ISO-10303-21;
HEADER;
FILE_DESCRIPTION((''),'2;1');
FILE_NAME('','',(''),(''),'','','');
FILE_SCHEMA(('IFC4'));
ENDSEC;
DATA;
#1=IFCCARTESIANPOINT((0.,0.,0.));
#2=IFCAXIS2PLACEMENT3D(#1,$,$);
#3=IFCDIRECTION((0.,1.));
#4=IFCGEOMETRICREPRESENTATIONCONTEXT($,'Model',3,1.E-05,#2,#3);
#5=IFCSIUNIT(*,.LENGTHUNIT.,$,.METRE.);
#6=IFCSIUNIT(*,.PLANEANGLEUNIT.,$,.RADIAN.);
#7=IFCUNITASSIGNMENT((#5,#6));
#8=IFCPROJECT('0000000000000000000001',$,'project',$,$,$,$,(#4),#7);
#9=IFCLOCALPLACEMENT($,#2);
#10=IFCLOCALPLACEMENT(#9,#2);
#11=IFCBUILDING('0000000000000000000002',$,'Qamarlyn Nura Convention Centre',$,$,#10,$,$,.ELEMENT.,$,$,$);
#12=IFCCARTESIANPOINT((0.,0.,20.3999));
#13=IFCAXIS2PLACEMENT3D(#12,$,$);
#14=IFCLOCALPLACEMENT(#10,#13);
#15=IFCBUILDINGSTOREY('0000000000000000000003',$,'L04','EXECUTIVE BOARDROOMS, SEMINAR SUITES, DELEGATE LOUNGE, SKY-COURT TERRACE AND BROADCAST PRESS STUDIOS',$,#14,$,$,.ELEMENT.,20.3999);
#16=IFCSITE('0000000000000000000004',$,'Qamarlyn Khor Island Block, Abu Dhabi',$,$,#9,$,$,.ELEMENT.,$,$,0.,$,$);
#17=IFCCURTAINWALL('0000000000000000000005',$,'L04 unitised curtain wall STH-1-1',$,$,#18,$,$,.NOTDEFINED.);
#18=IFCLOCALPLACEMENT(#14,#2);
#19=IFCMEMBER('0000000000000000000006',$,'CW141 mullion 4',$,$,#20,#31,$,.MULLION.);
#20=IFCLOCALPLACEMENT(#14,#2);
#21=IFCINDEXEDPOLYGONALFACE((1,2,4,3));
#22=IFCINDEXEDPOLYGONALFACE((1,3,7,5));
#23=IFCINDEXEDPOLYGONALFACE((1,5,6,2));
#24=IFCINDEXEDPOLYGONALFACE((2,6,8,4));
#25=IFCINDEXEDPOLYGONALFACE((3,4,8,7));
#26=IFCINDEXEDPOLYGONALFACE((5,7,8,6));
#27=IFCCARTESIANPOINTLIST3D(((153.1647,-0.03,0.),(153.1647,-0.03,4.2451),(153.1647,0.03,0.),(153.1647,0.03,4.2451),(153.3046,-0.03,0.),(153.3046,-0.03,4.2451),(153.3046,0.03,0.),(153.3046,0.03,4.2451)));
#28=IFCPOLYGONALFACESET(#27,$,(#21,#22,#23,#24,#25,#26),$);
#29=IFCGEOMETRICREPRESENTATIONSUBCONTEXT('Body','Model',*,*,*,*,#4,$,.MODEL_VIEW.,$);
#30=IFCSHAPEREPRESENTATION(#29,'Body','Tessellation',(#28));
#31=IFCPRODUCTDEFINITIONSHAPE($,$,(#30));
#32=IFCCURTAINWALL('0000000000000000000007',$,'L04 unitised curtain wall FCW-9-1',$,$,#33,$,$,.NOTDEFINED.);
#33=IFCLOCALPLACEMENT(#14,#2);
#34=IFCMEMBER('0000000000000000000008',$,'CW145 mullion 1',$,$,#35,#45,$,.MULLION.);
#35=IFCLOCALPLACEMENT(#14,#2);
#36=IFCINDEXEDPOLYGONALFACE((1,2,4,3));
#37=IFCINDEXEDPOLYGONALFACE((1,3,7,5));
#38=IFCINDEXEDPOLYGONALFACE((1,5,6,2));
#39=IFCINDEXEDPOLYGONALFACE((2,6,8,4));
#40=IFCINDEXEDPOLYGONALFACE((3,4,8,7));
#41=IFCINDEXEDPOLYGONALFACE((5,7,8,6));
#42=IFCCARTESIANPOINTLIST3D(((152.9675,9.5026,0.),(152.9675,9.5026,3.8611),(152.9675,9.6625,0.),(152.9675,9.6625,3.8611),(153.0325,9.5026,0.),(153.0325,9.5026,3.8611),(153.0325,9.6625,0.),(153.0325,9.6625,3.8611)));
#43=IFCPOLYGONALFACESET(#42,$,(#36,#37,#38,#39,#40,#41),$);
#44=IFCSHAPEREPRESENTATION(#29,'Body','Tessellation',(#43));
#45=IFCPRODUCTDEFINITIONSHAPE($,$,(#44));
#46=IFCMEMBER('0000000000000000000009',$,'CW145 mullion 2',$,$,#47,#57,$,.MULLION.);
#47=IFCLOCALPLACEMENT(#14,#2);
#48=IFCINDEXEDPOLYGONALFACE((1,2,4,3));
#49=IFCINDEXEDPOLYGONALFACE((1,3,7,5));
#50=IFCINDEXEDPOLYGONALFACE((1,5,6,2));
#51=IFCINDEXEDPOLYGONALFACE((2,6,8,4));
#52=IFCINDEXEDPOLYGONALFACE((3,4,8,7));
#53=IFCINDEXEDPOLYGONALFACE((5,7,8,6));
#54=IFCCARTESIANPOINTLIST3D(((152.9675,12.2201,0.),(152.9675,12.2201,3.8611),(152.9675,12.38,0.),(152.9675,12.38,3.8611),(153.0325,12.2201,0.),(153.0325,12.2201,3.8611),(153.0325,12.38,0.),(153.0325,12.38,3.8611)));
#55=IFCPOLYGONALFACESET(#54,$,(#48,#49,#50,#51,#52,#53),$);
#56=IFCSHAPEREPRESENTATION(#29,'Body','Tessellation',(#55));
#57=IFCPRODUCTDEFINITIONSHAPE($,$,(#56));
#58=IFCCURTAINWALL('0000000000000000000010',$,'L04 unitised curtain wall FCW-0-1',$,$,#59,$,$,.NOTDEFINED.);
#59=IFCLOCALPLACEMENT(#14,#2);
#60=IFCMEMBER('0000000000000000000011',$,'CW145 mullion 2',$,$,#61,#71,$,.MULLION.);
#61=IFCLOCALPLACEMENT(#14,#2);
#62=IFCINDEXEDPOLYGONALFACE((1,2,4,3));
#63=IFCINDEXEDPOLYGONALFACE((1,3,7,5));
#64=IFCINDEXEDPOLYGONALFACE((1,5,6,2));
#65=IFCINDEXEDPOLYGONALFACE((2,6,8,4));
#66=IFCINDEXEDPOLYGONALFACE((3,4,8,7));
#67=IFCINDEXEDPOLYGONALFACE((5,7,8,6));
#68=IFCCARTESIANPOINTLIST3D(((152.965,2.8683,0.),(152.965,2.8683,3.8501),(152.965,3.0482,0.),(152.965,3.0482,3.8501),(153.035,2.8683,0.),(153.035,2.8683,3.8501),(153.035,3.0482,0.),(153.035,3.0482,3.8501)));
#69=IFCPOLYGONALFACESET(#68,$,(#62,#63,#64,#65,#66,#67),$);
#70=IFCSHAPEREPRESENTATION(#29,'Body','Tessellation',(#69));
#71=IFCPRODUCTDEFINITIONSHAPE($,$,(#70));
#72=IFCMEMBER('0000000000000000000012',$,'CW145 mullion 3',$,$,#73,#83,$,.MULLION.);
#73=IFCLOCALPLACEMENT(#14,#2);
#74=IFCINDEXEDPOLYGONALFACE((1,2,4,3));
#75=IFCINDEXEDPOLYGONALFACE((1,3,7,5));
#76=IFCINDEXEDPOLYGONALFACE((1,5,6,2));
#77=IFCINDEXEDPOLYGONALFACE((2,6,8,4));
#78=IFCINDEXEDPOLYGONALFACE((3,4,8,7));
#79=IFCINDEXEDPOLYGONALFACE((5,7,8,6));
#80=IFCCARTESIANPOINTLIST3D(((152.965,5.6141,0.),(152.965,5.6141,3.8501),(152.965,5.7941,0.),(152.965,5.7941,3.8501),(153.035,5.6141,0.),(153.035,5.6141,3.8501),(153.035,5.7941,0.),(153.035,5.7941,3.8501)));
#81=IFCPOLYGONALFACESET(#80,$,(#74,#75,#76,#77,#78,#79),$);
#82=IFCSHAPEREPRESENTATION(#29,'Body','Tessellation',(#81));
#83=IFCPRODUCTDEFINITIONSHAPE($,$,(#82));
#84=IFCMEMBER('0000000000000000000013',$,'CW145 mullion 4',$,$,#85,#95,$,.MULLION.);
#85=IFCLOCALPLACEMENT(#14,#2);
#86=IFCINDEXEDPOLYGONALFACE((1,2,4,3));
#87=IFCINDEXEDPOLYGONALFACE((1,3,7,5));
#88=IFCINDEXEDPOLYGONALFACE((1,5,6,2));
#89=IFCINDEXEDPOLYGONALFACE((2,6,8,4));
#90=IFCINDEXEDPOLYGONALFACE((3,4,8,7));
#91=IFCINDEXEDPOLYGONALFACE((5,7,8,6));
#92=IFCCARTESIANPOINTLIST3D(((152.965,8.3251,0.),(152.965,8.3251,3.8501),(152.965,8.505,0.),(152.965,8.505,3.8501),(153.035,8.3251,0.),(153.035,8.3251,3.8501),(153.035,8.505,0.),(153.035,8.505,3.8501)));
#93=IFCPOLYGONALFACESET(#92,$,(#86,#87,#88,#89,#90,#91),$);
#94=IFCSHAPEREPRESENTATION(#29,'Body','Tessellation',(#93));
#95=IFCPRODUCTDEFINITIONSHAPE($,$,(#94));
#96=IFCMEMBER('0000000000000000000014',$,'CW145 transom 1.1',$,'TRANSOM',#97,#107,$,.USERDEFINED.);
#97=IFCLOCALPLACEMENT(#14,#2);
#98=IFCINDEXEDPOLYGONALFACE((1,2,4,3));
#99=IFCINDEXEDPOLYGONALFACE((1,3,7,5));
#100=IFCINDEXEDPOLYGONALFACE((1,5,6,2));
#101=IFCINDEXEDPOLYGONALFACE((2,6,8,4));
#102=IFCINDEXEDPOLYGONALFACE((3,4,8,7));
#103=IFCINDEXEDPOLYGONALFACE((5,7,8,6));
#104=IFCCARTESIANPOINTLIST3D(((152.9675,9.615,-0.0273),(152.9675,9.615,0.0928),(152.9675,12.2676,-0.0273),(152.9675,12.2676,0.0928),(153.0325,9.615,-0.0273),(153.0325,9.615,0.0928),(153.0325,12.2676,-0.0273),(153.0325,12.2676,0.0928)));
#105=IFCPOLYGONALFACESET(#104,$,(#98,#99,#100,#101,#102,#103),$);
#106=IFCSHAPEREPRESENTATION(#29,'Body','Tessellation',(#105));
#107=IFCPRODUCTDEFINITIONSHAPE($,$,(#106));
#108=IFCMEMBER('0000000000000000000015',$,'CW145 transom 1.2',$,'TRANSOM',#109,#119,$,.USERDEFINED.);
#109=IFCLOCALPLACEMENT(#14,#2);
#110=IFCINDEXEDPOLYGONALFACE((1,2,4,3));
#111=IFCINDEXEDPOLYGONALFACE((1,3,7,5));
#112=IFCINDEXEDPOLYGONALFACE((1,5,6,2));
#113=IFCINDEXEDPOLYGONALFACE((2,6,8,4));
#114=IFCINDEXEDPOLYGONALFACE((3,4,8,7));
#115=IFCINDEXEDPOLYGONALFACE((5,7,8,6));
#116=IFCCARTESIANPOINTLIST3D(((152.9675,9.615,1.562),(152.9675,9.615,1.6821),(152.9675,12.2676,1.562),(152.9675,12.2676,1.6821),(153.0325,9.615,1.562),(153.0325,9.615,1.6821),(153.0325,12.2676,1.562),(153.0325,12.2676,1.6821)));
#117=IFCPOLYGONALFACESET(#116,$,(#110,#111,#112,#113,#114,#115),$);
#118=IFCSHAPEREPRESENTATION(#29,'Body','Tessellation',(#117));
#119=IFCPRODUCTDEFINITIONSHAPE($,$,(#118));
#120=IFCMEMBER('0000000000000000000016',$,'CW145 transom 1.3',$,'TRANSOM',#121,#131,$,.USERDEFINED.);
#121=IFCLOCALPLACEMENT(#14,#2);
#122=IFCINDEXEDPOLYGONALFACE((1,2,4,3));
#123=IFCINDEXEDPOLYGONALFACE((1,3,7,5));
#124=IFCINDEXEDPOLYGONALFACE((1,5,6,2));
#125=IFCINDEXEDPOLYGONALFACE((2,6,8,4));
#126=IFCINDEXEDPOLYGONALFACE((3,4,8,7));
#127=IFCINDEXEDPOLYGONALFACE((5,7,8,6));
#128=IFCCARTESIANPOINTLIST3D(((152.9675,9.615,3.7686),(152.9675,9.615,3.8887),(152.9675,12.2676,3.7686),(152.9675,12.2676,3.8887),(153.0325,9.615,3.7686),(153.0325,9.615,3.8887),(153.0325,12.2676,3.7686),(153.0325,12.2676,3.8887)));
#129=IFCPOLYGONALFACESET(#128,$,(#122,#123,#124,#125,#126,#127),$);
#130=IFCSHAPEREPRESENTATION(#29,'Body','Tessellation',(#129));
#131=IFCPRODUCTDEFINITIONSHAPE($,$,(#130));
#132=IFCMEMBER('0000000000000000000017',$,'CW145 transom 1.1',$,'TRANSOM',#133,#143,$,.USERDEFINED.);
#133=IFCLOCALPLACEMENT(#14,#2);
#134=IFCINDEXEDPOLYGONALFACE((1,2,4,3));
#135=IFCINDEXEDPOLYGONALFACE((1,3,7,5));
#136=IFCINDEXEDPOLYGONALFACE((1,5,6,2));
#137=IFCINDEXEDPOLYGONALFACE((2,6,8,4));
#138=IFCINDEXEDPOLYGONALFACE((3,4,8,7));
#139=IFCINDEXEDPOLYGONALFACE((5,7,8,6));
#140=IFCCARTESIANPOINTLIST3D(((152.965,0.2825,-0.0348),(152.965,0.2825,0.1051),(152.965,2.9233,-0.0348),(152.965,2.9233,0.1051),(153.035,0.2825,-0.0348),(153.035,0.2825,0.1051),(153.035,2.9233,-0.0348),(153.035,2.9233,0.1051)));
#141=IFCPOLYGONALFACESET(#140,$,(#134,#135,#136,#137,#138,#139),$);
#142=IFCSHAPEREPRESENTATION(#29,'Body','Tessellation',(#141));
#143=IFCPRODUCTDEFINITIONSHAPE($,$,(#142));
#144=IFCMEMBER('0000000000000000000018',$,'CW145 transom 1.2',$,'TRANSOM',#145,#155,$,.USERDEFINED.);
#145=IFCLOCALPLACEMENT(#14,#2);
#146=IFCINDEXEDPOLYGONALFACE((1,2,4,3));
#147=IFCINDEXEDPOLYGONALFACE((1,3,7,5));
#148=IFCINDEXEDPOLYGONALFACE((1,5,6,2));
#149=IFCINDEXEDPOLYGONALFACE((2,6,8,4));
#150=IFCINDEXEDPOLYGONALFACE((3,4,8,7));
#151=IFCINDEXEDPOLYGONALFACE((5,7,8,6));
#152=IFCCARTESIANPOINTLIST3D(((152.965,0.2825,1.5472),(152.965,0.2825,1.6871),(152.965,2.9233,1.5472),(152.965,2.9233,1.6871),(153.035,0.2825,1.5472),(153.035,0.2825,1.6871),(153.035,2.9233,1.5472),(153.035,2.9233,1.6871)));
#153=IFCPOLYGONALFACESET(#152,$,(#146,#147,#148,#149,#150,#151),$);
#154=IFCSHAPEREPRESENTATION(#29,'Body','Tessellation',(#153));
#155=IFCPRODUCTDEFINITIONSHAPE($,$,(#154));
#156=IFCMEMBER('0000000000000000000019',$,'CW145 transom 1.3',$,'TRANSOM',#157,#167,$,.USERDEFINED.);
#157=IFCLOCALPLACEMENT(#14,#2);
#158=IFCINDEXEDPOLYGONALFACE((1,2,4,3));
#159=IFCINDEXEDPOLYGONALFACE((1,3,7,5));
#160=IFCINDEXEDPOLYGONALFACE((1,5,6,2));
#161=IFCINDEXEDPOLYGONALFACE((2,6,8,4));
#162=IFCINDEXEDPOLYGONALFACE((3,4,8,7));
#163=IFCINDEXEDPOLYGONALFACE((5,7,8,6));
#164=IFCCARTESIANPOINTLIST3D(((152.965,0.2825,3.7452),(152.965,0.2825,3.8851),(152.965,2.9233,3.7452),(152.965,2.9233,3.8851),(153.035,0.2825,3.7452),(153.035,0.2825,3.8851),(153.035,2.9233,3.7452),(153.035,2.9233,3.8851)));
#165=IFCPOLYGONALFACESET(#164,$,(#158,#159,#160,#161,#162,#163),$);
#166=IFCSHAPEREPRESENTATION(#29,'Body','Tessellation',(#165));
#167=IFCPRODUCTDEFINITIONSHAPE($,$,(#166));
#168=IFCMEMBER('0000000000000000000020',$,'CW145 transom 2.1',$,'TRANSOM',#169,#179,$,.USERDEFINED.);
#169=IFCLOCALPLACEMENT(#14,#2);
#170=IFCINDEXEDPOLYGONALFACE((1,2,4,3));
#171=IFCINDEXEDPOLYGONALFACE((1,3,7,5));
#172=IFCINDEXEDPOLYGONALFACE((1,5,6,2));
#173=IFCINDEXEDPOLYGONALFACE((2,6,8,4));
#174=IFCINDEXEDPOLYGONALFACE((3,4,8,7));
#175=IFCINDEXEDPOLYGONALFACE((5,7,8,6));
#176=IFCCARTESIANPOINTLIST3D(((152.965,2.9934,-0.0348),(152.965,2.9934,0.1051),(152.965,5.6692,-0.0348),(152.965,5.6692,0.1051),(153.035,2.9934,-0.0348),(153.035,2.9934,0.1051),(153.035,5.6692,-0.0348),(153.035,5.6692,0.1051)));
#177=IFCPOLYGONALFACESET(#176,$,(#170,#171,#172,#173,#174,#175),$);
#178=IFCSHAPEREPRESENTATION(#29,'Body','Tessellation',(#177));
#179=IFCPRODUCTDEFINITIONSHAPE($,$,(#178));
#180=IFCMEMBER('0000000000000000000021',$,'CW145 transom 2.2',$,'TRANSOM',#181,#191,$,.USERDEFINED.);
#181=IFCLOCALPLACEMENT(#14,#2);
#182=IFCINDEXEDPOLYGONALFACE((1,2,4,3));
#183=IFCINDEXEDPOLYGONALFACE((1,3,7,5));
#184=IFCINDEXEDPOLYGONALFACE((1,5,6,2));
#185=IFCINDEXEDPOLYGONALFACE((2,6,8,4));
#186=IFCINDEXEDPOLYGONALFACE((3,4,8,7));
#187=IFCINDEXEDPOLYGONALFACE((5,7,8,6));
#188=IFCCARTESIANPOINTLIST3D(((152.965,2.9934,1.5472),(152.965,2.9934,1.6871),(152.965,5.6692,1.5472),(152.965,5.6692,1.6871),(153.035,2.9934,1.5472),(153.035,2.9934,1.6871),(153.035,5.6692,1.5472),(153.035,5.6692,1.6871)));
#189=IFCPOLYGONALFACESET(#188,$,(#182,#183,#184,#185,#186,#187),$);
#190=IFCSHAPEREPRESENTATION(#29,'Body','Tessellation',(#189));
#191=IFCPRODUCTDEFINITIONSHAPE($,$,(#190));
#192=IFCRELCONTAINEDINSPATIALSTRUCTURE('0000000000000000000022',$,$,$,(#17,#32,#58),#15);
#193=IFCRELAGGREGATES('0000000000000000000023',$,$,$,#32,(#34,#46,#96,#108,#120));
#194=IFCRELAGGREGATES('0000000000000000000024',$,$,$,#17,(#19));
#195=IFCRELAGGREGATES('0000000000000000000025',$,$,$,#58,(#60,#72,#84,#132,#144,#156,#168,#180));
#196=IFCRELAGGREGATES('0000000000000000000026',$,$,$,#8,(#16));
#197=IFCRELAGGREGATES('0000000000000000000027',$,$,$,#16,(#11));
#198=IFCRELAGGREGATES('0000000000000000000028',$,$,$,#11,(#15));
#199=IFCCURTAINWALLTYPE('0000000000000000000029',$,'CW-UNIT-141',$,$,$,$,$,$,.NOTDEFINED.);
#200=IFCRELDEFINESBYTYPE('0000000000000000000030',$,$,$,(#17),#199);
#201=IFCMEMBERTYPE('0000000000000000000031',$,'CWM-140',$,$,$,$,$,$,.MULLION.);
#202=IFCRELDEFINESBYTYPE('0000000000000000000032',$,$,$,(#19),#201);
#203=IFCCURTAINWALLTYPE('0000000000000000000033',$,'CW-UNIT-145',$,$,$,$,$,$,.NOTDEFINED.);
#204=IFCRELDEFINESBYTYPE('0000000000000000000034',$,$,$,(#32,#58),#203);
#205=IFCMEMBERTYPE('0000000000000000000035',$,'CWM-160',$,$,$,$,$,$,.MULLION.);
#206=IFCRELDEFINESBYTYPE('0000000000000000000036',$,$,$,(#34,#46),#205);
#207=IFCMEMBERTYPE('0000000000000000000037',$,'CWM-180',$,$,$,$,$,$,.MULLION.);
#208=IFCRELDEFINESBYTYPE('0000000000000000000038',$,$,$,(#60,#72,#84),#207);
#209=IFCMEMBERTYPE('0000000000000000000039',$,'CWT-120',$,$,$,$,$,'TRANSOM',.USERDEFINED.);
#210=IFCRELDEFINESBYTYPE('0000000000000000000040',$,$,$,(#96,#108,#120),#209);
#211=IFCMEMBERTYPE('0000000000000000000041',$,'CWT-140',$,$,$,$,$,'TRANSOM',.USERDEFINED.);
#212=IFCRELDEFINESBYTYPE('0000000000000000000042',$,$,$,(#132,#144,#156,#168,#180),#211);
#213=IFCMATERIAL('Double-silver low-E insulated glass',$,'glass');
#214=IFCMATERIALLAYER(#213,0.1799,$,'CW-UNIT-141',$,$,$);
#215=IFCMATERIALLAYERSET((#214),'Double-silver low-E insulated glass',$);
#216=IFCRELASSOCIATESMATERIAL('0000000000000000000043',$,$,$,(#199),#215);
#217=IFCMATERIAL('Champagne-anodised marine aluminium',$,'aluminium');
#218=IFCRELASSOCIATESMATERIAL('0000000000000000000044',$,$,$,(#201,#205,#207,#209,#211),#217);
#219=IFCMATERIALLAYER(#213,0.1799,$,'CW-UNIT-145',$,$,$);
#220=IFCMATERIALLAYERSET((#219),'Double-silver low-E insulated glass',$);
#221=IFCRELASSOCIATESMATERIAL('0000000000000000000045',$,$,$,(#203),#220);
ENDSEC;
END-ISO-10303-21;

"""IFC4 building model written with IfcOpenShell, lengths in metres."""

from ifc_helpers import new_model, si_unit, direction, frame, origin, origin_2d, place, context, subcontext, project, spatial, rectangle, extrude, material, layer, layer_set, material_profile, profile_set, type_object, element, aggregate, save


model = new_model("IFC4")

# Units and contexts
model_context = context("Model", 3, precision=1e-05, world=origin(), true_north=direction((0.0, 1.0)))
body_context = subcontext(model_context, "Body", "Model", "MODEL_VIEW")
ifc_project = project(units=[si_unit("LENGTHUNIT", "METRE"), si_unit("PLANEANGLEUNIT", "RADIAN")], contexts=[model_context])

# Site, building, storey
site_placement = place(None, origin())
site = spatial("IfcSite", under=ifc_project, at=site_placement, Name="Qamarlyn Khor Island Block, Abu Dhabi", CompositionType="ELEMENT", RefElevation=0.0)
building_placement = place(site_placement, origin())
building = spatial("IfcBuilding", under=site, at=building_placement, Name="Qamarlyn Nura Convention Centre", CompositionType="ELEMENT")
storey_placement = place(building_placement, frame((0.0, 0.0, 20.3999)))
storey = spatial("IfcBuildingStorey", under=building, at=storey_placement, Name="L04", Description="EXECUTIVE BOARDROOMS, SEMINAR SUITES, DELEGATE LOUNGE, SKY-COURT TERRACE AND BROADCAST PRESS STUDIOS", CompositionType="ELEMENT", Elevation=20.3999)

# Curtain wall, member
ifc_material_1 = material(Name="Double-silver low-E insulated glass", Category="glass")
ifc_layer_1 = layer(ifc_material_1, 0.1799, Name="CW-UNIT-141")
ifc_layer_set_1 = layer_set([ifc_layer_1], Name="Double-silver low-E insulated glass")
curtain_wall_type_1 = type_object("IfcCurtainWallType", Name="CW-UNIT-141", PredefinedType="NOTDEFINED", material=ifc_layer_set_1)
curtain_wall_1_placement = place(storey_placement, origin())
curtain_wall_1 = element("IfcCurtainWall", 1, at=curtain_wall_1_placement, inside=storey, type_object=curtain_wall_type_1, Name="L04 unitised curtain wall STH-1-1", PredefinedType="NOTDEFINED")
ifc_material_2 = material(Name="Champagne-anodised marine aluminium", Category="aluminium")
ifc_material_profile_1 = material_profile(ifc_material_2, rectangle(XDim=0.0601, YDim=0.1399, at=origin_2d()), Name="ALU MULLION 60x140")
ifc_profile_set_1 = profile_set([ifc_material_profile_1], Name="Champagne-anodised marine aluminium")
member_type_1 = type_object("IfcMemberType", Name="CWM-140", PredefinedType="MULLION", material=ifc_profile_set_1)
member_1_placement = place(storey_placement, frame((153.2346, 0.0, 0.0), z_axis=(0.0, 0.0, 1.0), x_axis=(0.0, -1.0, 0.0)))
member_1 = element("IfcMember", 2, at=member_1_placement, type_object=member_type_1, Name="CW141 mullion 4", PredefinedType="MULLION", context=body_context, shape_type="SweptSolid", body=[
    extrude(rectangle(XDim=0.0601, YDim=0.1399, at=origin_2d()), origin(), (0.0, 0.0, 1.0), 4.2451),
])

# Curtain walls, members
ifc_layer_2 = layer(ifc_material_1, 0.1799, Name="CW-UNIT-145")
ifc_layer_set_2 = layer_set([ifc_layer_2], Name="Double-silver low-E insulated glass")
curtain_wall_type_2 = type_object("IfcCurtainWallType", Name="CW-UNIT-145", PredefinedType="NOTDEFINED", material=ifc_layer_set_2)
curtain_wall_2_placement = place(storey_placement, origin())
curtain_wall_2 = element("IfcCurtainWall", 3, at=curtain_wall_2_placement, inside=storey, type_object=curtain_wall_type_2, Name="L04 unitised curtain wall FCW-9-1", PredefinedType="NOTDEFINED")
ifc_material_profile_2 = material_profile(ifc_material_2, rectangle(XDim=0.0649, YDim=0.1599, at=origin_2d()), Name="ALU MULLION 65x160")
ifc_profile_set_2 = profile_set([ifc_material_profile_2], Name="Champagne-anodised marine aluminium")
member_type_2 = type_object("IfcMemberType", Name="CWM-160", PredefinedType="MULLION", material=ifc_profile_set_2)
member_2_placement = place(storey_placement, frame((153.0, 9.5825, 0.0), z_axis=(0.0, 0.0, 1.0), x_axis=(-1.0, 0.0, 0.0)))
member_2 = element("IfcMember", 4, at=member_2_placement, type_object=member_type_2, Name="CW145 mullion 1", PredefinedType="MULLION", context=body_context, shape_type="SweptSolid", body=[
    extrude(rectangle(XDim=0.0649, YDim=0.1599, at=origin_2d()), origin(), (0.0, 0.0, 1.0), 3.8611),
])
member_3_placement = place(storey_placement, frame((153.0, 12.3, 0.0), z_axis=(0.0, 0.0, 1.0), x_axis=(-1.0, 0.0, 0.0)))
member_3 = element("IfcMember", 5, at=member_3_placement, type_object=member_type_2, Name="CW145 mullion 2", PredefinedType="MULLION", context=body_context, shape_type="SweptSolid", body=[
    extrude(rectangle(XDim=0.0649, YDim=0.1599, at=origin_2d()), origin(), (0.0, 0.0, 1.0), 3.8611),
])
curtain_wall_3_placement = place(storey_placement, origin())
curtain_wall_3 = element("IfcCurtainWall", 6, at=curtain_wall_3_placement, inside=storey, type_object=curtain_wall_type_2, Name="L04 unitised curtain wall FCW-0-1", PredefinedType="NOTDEFINED")
ifc_material_profile_3 = material_profile(ifc_material_2, rectangle(XDim=0.0701, YDim=0.1799, at=origin_2d()), Name="ALU MULLION 70x180")
ifc_profile_set_3 = profile_set([ifc_material_profile_3], Name="Champagne-anodised marine aluminium")
member_type_3 = type_object("IfcMemberType", Name="CWM-180", PredefinedType="MULLION", material=ifc_profile_set_3)
member_4_placement = place(storey_placement, frame((153.0, 2.9583, 0.0), z_axis=(0.0, 0.0, 1.0), x_axis=(-1.0, 0.0, 0.0)))
member_4 = element("IfcMember", 7, at=member_4_placement, type_object=member_type_3, Name="CW145 mullion 2", PredefinedType="MULLION", context=body_context, shape_type="SweptSolid", body=[
    extrude(rectangle(XDim=0.0701, YDim=0.1799, at=origin_2d()), origin(), (0.0, 0.0, 1.0), 3.8501),
])
member_5_placement = place(storey_placement, frame((153.0, 5.7041, 0.0), z_axis=(0.0, 0.0, 1.0), x_axis=(-1.0, 0.0, 0.0)))
member_5 = element("IfcMember", 8, at=member_5_placement, type_object=member_type_3, Name="CW145 mullion 3", PredefinedType="MULLION", context=body_context, shape_type="SweptSolid", body=[
    extrude(rectangle(XDim=0.0701, YDim=0.1799, at=origin_2d()), origin(), (0.0, 0.0, 1.0), 3.8501),
])
member_6_placement = place(storey_placement, frame((153.0, 8.415, 0.0), z_axis=(0.0, 0.0, 1.0), x_axis=(-1.0, 0.0, 0.0)))
member_6 = element("IfcMember", 9, at=member_6_placement, type_object=member_type_3, Name="CW145 mullion 4", PredefinedType="MULLION", context=body_context, shape_type="SweptSolid", body=[
    extrude(rectangle(XDim=0.0701, YDim=0.1799, at=origin_2d()), origin(), (0.0, 0.0, 1.0), 3.8501),
])

# Members
ifc_material_profile_4 = material_profile(ifc_material_2, rectangle(XDim=0.0649, YDim=0.1201, at=origin_2d()), Name="ALU TRANSOM 65x120")
ifc_profile_set_4 = profile_set([ifc_material_profile_4], Name="Champagne-anodised marine aluminium")
member_type_4 = type_object("IfcMemberType", Name="CWT-120", ElementType="TRANSOM", PredefinedType="USERDEFINED", material=ifc_profile_set_4)
member_7_placement = place(storey_placement, frame((153.0, 9.615, 0.0327), z_axis=(0.0, 1.0, 0.0), x_axis=(-1.0, 0.0, 0.0)))
member_7 = element("IfcMember", 10, at=member_7_placement, type_object=member_type_4, Name="CW145 transom 1.1", ObjectType="TRANSOM", PredefinedType="USERDEFINED", context=body_context, shape_type="SweptSolid", body=[
    extrude(rectangle(XDim=0.0649, YDim=0.1201, at=origin_2d()), origin(), (0.0, 0.0, 1.0), 2.6526),
])
member_8_placement = place(storey_placement, frame((153.0, 9.615, 1.6221), z_axis=(0.0, 1.0, 0.0), x_axis=(-1.0, 0.0, 0.0)))
member_8 = element("IfcMember", 11, at=member_8_placement, type_object=member_type_4, Name="CW145 transom 1.2", ObjectType="TRANSOM", PredefinedType="USERDEFINED", context=body_context, shape_type="SweptSolid", body=[
    extrude(rectangle(XDim=0.0649, YDim=0.1201, at=origin_2d()), origin(), (0.0, 0.0, 1.0), 2.6526),
])
member_9_placement = place(storey_placement, frame((153.0, 9.615, 3.8286), z_axis=(0.0, 1.0, 0.0), x_axis=(-1.0, 0.0, 0.0)))
member_9 = element("IfcMember", 12, at=member_9_placement, type_object=member_type_4, Name="CW145 transom 1.3", ObjectType="TRANSOM", PredefinedType="USERDEFINED", context=body_context, shape_type="SweptSolid", body=[
    extrude(rectangle(XDim=0.0649, YDim=0.1201, at=origin_2d()), origin(), (0.0, 0.0, 1.0), 2.6526),
])
ifc_material_profile_5 = material_profile(ifc_material_2, rectangle(XDim=0.0701, YDim=0.1399, at=origin_2d()), Name="ALU TRANSOM 70x140")
ifc_profile_set_5 = profile_set([ifc_material_profile_5], Name="Champagne-anodised marine aluminium")
member_type_5 = type_object("IfcMemberType", Name="CWT-140", ElementType="TRANSOM", PredefinedType="USERDEFINED", material=ifc_profile_set_5)
member_10_placement = place(storey_placement, frame((153.0, 0.2825, 0.0352), z_axis=(0.0, 1.0, 0.0), x_axis=(-1.0, 0.0, 0.0)))
member_10 = element("IfcMember", 13, at=member_10_placement, type_object=member_type_5, Name="CW145 transom 1.1", ObjectType="TRANSOM", PredefinedType="USERDEFINED", context=body_context, shape_type="SweptSolid", body=[
    extrude(rectangle(XDim=0.0701, YDim=0.1399, at=origin_2d()), origin(), (0.0, 0.0, 1.0), 2.6409),
])
member_11_placement = place(storey_placement, frame((153.0, 0.2825, 1.6172), z_axis=(0.0, 1.0, 0.0), x_axis=(-1.0, 0.0, 0.0)))
member_11 = element("IfcMember", 14, at=member_11_placement, type_object=member_type_5, Name="CW145 transom 1.2", ObjectType="TRANSOM", PredefinedType="USERDEFINED", context=body_context, shape_type="SweptSolid", body=[
    extrude(rectangle(XDim=0.0701, YDim=0.1399, at=origin_2d()), origin(), (0.0, 0.0, 1.0), 2.6409),
])
member_12_placement = place(storey_placement, frame((153.0, 0.2825, 3.8152), z_axis=(0.0, 1.0, 0.0), x_axis=(-1.0, 0.0, 0.0)))
member_12 = element("IfcMember", 15, at=member_12_placement, type_object=member_type_5, Name="CW145 transom 1.3", ObjectType="TRANSOM", PredefinedType="USERDEFINED", context=body_context, shape_type="SweptSolid", body=[
    extrude(rectangle(XDim=0.0701, YDim=0.1399, at=origin_2d()), origin(), (0.0, 0.0, 1.0), 2.6409),
])
member_13_placement = place(storey_placement, frame((153.0, 2.9934, 0.0352), z_axis=(0.0, 1.0, 0.0), x_axis=(-1.0, 0.0, 0.0)))
member_13 = element("IfcMember", 16, at=member_13_placement, type_object=member_type_5, Name="CW145 transom 2.1", ObjectType="TRANSOM", PredefinedType="USERDEFINED", context=body_context, shape_type="SweptSolid", body=[
    extrude(rectangle(XDim=0.0701, YDim=0.1399, at=origin_2d()), origin(), (0.0, 0.0, 1.0), 2.6758),
])
member_14_placement = place(storey_placement, frame((153.0, 2.9934, 1.6172), z_axis=(0.0, 1.0, 0.0), x_axis=(-1.0, 0.0, 0.0)))
member_14 = element("IfcMember", 17, at=member_14_placement, type_object=member_type_5, Name="CW145 transom 2.2", ObjectType="TRANSOM", PredefinedType="USERDEFINED", context=body_context, shape_type="SweptSolid", body=[
    extrude(rectangle(XDim=0.0701, YDim=0.1399, at=origin_2d()), origin(), (0.0, 0.0, 1.0), 2.6758),
])

aggregate(curtain_wall_2, [member_2, member_3, member_7, member_8, member_9])
aggregate(curtain_wall_1, [member_1])
aggregate(curtain_wall_3, [member_4, member_5, member_6, member_10, member_11, member_12, member_13, member_14])

save(model, "model.ifc")
